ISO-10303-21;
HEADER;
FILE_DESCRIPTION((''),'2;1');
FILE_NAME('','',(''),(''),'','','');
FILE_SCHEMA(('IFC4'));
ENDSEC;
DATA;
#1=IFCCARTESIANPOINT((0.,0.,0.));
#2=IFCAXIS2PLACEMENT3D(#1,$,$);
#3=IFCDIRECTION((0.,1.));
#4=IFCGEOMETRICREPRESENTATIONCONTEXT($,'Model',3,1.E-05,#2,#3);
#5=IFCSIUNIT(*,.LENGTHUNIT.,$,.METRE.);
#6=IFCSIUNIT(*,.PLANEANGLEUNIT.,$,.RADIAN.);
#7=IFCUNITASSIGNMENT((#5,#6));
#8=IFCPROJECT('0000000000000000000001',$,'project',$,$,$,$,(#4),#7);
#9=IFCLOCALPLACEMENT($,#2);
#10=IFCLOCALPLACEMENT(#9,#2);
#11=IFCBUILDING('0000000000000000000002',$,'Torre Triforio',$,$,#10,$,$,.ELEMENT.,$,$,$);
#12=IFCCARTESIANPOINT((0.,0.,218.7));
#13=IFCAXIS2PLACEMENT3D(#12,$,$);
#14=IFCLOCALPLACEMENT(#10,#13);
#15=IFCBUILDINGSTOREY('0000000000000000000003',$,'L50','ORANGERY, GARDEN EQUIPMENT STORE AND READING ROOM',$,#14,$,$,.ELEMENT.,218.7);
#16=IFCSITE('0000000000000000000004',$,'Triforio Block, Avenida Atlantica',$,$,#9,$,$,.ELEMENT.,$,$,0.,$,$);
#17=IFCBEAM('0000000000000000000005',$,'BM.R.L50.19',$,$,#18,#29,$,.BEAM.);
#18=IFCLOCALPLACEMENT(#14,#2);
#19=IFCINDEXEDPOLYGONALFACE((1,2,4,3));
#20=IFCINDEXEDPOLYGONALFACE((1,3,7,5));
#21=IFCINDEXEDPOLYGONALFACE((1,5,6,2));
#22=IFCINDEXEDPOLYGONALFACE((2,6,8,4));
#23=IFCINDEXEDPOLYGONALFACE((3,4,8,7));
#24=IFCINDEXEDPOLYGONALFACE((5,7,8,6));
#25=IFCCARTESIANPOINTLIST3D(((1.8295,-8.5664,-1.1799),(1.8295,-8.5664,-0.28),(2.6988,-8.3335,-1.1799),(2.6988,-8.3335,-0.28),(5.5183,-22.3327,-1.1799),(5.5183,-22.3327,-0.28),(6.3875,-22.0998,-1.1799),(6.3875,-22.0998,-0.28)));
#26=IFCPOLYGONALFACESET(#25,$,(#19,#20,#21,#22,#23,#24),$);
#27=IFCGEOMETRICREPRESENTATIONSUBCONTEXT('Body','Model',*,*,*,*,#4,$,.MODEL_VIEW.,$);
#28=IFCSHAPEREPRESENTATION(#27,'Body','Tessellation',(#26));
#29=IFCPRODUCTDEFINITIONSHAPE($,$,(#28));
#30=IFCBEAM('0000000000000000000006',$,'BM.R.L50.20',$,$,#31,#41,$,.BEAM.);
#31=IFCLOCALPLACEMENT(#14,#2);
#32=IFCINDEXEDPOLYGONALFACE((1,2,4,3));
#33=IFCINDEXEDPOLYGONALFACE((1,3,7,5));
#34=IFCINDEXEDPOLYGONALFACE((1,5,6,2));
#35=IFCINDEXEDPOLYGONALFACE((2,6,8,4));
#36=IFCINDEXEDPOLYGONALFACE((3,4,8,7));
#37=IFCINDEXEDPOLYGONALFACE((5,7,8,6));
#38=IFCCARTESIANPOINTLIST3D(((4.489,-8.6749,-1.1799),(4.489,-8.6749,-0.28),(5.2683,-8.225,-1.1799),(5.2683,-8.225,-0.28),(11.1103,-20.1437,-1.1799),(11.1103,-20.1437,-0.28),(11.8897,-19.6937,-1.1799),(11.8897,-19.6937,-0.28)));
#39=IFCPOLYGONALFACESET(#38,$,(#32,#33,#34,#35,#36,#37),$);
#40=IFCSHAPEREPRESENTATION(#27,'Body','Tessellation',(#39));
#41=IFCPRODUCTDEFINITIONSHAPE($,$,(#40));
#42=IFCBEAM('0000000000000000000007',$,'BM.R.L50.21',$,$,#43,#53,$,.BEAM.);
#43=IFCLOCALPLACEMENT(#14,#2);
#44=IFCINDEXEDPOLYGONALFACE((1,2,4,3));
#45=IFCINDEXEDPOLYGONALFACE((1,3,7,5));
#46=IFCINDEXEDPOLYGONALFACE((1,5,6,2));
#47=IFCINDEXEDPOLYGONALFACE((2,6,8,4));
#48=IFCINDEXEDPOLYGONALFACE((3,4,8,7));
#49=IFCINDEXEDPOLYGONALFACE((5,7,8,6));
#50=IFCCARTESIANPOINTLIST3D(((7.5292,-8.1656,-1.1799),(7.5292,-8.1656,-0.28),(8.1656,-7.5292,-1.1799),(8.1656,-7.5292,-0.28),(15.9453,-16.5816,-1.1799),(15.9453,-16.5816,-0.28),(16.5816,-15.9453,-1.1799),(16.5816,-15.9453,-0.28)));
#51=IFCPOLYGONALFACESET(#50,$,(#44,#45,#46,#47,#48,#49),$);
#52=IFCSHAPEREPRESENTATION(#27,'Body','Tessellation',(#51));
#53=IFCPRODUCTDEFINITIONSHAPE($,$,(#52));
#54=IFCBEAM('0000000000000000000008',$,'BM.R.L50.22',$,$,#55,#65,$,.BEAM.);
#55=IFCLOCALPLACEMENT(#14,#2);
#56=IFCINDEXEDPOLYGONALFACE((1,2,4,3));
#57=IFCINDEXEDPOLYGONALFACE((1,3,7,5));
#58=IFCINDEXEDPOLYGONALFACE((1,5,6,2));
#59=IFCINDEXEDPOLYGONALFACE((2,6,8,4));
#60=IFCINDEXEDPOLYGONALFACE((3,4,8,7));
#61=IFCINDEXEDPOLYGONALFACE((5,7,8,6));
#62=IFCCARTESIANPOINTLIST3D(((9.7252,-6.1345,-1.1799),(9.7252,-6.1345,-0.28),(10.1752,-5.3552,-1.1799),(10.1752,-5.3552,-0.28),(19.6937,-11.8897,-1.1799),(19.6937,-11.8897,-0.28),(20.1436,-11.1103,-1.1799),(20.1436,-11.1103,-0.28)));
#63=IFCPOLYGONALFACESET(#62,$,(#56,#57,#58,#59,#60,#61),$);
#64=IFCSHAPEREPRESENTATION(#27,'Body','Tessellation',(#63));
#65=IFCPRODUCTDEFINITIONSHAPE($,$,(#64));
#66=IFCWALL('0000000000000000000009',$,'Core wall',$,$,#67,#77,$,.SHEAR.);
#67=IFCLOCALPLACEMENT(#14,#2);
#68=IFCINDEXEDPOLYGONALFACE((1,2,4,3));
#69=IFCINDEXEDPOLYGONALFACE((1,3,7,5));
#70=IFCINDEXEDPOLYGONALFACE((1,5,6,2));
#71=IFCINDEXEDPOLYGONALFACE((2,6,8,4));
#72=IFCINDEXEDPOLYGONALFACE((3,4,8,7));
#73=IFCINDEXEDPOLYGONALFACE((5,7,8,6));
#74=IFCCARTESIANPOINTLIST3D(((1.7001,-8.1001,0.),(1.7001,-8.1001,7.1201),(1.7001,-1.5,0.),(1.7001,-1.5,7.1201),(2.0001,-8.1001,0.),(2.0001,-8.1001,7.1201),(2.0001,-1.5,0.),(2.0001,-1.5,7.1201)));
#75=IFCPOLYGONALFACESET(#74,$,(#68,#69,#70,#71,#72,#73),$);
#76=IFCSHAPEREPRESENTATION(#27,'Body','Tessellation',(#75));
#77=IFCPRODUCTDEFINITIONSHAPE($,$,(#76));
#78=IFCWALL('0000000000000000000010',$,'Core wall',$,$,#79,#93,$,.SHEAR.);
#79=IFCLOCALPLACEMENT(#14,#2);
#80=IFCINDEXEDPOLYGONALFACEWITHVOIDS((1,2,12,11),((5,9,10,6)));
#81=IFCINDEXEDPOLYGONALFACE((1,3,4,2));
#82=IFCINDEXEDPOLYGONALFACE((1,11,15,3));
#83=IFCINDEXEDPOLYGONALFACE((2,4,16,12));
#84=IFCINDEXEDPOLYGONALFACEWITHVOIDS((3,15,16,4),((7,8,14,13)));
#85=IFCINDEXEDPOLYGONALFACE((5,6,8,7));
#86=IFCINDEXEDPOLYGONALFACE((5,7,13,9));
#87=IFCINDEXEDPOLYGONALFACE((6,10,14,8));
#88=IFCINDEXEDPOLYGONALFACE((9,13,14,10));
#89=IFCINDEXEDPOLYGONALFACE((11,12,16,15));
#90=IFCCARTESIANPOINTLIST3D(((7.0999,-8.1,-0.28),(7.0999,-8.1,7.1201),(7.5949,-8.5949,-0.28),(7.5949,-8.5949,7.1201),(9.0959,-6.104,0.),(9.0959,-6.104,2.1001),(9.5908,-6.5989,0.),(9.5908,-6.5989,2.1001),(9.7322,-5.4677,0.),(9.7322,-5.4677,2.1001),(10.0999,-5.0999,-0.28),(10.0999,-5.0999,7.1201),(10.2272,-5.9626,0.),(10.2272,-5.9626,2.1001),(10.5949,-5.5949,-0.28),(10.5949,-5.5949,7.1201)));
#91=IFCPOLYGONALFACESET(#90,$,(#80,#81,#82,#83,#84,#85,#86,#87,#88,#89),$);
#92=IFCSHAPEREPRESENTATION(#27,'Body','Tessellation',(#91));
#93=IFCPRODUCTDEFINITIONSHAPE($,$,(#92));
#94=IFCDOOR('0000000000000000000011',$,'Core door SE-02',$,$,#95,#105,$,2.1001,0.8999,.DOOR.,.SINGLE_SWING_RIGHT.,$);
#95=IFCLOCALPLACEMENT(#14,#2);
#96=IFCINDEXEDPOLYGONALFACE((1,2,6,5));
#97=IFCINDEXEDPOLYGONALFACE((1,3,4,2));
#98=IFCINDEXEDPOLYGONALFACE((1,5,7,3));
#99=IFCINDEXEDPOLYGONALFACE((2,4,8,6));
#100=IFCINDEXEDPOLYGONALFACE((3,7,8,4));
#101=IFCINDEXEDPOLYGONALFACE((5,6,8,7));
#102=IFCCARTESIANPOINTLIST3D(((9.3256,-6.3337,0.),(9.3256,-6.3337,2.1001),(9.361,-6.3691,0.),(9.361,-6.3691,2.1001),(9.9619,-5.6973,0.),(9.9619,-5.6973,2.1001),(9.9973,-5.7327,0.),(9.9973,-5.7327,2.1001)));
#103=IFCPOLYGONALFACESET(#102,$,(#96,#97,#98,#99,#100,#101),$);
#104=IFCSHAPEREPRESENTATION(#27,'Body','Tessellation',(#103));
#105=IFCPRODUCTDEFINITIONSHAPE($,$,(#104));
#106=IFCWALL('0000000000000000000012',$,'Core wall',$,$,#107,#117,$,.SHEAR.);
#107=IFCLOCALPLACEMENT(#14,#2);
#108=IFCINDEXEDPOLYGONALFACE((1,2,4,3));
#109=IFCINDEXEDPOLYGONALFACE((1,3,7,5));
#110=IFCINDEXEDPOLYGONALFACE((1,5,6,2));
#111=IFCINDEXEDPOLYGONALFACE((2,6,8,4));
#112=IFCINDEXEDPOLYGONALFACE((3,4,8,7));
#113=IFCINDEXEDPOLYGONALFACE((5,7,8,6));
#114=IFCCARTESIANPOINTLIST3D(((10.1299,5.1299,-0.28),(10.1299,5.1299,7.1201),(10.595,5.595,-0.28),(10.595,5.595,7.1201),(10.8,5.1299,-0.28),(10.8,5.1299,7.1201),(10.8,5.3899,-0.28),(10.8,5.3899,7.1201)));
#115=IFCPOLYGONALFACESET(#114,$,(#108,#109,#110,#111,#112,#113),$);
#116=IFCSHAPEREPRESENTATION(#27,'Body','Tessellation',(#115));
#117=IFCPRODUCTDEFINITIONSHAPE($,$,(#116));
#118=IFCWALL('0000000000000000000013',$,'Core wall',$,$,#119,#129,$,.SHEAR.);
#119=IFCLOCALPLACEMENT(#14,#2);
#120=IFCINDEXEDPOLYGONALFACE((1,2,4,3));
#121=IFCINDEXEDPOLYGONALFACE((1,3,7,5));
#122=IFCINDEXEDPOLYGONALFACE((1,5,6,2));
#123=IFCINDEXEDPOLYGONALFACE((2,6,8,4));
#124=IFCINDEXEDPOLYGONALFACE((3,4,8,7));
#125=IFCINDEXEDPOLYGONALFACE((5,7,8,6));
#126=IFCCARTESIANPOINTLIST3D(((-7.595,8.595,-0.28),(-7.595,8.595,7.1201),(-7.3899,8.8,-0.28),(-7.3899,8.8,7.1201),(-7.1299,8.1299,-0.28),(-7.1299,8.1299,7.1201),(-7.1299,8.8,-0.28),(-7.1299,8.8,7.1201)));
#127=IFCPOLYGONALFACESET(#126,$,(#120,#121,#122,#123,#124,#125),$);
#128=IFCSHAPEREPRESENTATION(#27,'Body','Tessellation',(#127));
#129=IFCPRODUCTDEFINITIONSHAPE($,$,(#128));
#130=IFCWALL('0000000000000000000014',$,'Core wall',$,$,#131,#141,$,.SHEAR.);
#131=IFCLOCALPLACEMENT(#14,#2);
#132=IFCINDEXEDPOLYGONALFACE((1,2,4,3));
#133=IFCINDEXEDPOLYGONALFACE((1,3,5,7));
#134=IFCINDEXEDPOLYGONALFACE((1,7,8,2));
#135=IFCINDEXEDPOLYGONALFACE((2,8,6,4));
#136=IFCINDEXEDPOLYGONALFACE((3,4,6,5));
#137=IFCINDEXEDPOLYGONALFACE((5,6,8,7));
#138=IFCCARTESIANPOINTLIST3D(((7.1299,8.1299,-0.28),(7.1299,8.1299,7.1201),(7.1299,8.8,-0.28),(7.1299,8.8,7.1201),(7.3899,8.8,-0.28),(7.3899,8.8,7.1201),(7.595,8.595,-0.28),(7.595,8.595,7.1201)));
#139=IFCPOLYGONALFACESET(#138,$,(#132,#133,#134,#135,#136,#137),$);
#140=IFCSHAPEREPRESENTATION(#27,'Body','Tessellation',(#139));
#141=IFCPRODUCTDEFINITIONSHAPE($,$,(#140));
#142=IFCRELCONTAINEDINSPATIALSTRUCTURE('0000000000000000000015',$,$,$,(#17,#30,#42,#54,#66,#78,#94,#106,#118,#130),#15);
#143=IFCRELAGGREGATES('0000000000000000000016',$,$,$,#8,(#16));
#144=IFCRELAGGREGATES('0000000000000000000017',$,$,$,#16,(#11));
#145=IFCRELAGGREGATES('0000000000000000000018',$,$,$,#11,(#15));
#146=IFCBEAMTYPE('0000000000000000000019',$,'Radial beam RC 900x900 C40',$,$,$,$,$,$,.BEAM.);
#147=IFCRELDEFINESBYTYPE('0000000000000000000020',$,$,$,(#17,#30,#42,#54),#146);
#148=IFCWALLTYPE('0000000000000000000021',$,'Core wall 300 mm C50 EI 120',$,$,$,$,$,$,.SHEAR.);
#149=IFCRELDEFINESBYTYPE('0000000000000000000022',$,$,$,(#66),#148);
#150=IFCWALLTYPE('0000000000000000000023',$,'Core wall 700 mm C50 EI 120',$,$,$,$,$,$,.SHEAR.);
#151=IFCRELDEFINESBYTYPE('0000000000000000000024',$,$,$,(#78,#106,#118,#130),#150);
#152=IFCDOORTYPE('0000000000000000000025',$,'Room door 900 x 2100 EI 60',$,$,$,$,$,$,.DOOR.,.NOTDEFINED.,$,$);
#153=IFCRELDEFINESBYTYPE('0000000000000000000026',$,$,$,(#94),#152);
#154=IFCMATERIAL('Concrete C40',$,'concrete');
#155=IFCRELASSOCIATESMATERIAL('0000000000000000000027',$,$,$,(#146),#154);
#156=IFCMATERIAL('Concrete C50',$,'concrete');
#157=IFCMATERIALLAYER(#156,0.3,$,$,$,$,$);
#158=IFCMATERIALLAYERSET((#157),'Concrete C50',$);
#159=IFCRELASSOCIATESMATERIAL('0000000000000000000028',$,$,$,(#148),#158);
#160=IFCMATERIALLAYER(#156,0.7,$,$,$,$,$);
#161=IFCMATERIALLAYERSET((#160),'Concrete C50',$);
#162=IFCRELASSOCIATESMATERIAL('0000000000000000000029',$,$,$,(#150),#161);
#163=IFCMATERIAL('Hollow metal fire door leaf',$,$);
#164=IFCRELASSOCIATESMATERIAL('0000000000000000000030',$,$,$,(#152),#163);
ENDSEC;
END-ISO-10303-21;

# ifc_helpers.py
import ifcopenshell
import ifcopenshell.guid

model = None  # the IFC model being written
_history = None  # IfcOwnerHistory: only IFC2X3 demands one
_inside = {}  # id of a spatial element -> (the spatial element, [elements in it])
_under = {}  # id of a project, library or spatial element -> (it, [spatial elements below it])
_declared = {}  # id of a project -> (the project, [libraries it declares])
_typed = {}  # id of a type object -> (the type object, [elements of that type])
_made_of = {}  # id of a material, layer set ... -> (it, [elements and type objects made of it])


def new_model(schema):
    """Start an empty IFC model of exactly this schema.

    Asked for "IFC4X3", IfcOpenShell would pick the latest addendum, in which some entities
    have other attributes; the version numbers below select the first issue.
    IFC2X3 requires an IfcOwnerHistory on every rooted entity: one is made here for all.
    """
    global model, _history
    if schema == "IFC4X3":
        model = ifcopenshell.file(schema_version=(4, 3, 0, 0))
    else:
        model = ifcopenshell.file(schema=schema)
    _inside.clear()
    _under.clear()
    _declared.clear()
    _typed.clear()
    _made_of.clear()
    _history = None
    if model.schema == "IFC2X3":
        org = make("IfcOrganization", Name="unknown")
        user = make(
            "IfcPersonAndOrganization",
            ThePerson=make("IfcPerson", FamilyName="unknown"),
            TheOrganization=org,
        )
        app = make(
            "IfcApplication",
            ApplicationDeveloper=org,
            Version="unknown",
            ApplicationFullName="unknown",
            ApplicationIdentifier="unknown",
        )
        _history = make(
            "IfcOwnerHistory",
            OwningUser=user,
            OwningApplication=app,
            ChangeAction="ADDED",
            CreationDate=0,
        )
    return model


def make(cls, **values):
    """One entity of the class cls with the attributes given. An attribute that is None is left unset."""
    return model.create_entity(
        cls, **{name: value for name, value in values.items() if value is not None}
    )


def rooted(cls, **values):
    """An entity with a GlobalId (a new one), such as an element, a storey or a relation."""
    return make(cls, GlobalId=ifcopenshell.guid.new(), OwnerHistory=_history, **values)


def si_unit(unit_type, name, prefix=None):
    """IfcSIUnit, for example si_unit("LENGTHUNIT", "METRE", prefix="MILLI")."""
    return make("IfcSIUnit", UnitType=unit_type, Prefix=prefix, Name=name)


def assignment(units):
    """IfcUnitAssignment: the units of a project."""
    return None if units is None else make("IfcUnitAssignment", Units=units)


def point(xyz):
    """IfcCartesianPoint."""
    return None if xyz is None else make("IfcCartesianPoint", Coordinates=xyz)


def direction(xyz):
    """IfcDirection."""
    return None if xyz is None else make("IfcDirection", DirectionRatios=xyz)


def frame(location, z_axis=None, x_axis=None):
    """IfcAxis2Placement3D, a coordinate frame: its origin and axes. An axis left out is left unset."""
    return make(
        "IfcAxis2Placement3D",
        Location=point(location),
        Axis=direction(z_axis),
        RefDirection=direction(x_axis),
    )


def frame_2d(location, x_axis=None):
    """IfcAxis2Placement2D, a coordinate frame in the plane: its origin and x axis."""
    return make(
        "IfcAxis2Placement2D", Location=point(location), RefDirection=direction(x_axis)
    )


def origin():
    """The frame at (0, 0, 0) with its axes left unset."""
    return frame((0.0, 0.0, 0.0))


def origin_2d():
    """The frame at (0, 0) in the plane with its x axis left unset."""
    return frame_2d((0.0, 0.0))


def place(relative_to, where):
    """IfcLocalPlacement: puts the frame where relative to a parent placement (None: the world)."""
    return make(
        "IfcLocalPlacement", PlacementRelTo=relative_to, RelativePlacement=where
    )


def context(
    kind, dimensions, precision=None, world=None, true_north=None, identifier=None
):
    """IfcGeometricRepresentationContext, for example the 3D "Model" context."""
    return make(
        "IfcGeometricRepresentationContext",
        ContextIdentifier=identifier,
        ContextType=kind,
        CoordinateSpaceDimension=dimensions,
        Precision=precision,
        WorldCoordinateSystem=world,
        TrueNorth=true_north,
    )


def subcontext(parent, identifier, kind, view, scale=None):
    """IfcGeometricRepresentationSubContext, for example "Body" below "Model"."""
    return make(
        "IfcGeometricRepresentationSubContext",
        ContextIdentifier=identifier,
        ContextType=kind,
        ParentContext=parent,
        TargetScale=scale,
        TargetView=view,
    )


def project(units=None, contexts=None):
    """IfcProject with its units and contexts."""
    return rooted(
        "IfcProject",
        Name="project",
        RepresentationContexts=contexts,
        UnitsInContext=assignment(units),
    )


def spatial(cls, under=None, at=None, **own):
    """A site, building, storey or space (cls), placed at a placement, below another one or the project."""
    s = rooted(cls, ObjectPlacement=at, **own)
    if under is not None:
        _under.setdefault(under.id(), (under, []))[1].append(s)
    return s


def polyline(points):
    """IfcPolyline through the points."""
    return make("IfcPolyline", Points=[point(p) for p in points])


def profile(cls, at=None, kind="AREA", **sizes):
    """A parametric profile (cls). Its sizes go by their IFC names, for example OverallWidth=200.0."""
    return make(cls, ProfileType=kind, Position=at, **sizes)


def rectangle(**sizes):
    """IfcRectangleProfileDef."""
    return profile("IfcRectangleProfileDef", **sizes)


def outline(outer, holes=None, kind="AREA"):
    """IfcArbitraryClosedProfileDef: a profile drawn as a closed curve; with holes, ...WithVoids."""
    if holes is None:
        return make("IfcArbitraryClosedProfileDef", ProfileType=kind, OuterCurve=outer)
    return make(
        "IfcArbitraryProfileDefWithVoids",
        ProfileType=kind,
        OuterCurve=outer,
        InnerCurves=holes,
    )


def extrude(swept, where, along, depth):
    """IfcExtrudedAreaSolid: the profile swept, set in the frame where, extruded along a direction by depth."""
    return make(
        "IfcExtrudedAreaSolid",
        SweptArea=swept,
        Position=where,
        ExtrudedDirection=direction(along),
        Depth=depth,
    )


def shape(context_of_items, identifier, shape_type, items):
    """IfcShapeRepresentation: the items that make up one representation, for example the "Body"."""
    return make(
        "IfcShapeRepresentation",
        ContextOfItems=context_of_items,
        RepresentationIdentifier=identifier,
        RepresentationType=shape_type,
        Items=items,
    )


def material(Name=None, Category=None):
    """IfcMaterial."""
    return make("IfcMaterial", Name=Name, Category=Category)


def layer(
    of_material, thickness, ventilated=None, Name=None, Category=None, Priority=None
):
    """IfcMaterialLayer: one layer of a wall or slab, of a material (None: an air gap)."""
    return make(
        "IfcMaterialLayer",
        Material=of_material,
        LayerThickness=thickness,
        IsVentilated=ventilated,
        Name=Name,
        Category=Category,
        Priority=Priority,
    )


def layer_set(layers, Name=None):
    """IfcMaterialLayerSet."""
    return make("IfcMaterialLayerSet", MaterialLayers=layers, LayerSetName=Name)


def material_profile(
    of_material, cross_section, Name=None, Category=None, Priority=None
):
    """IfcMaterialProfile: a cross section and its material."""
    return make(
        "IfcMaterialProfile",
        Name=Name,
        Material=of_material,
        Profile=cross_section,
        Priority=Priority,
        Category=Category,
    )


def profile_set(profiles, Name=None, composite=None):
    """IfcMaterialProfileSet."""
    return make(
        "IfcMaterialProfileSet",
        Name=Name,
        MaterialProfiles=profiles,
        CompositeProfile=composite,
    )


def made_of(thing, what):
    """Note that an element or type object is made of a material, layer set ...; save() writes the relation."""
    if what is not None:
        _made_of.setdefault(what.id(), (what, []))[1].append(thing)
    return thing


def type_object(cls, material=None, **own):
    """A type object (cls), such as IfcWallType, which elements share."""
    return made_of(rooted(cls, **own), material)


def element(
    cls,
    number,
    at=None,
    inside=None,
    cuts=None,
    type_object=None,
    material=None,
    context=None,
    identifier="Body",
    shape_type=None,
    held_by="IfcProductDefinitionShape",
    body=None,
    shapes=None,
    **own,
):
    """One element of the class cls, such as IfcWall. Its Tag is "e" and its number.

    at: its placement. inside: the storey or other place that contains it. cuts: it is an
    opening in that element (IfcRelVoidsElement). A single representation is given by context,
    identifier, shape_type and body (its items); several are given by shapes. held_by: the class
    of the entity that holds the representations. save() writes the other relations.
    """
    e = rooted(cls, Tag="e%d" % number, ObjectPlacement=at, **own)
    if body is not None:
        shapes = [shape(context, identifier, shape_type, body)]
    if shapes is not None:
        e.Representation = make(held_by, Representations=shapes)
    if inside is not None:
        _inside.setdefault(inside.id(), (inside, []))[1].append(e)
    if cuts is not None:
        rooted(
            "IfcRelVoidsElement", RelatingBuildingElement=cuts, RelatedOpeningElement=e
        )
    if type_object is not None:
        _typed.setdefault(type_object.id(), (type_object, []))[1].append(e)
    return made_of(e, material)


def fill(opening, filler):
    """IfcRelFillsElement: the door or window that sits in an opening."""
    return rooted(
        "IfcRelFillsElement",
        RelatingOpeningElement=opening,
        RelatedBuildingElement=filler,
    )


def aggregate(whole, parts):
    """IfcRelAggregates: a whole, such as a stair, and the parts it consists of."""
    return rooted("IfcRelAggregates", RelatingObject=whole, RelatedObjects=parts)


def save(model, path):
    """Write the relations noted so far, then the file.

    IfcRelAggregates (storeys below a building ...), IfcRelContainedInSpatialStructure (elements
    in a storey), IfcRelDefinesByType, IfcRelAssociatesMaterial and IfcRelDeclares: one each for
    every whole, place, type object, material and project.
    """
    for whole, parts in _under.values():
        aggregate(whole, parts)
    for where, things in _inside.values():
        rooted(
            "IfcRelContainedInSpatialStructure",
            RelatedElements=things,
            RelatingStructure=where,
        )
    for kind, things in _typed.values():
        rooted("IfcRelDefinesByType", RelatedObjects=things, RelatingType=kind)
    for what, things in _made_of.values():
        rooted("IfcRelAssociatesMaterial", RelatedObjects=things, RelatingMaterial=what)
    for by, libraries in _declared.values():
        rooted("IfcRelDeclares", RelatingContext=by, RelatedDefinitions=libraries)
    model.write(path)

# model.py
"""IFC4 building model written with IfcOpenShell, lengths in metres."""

from ifc_helpers import new_model, si_unit, direction, frame, frame_2d, origin, origin_2d, place, context, subcontext, project, spatial, polyline, rectangle, outline, extrude, material, layer, layer_set, material_profile, profile_set, type_object, element, fill, save


model = new_model("IFC4")

# Units and contexts
model_context = context("Model", 3, precision=1e-05, world=origin(), true_north=direction((0.0, 1.0)))
body_context = subcontext(model_context, "Body", "Model", "MODEL_VIEW")
ifc_project = project(units=[si_unit("LENGTHUNIT", "METRE"), si_unit("PLANEANGLEUNIT", "RADIAN")], contexts=[model_context])

# Site, building, storey
site_placement = place(None, origin())
site = spatial("IfcSite", under=ifc_project, at=site_placement, Name="Triforio Block, Avenida Atlantica", CompositionType="ELEMENT", RefElevation=0.0)
building_placement = place(site_placement, origin())
building = spatial("IfcBuilding", under=site, at=building_placement, Name="Torre Triforio", CompositionType="ELEMENT")
storey_placement = place(building_placement, frame((0.0, 0.0, 218.7)))
storey = spatial("IfcBuildingStorey", under=building, at=storey_placement, Name="L50", Description="ORANGERY, GARDEN EQUIPMENT STORE AND READING ROOM", CompositionType="ELEMENT", Elevation=218.7)

# Beams
ifc_material_1 = material(Name="Concrete C40", Category="concrete")
ifc_material_profile = material_profile(ifc_material_1, rectangle(XDim=0.8999, YDim=0.8999, at=origin_2d()), Name="RC 900x900")
ifc_profile_set = profile_set([ifc_material_profile], Name="Concrete C40")
beam_type = type_object("IfcBeamType", Name="Radial beam RC 900x900 C40", PredefinedType="BEAM", material=ifc_profile_set)
beam_1_placement = place(storey_placement, frame((2.2642, -8.45, -0.73), z_axis=(0.258821, -0.965925, 0.0), x_axis=(0.965925, 0.258821, 0.0)))
element("IfcBeam", 1, at=beam_1_placement, inside=storey, type_object=beam_type, Name="BM.R.L50.19", PredefinedType="BEAM", context=body_context, shape_type="SweptSolid", body=[
    extrude(rectangle(XDim=0.8999, YDim=0.8999, at=origin_2d()), origin(), (0.0, 0.0, 1.0), 14.252),
])
beam_2_placement = place(storey_placement, frame((4.8787, -8.45, -0.73), z_axis=(0.499992, -0.86603, 0.0), x_axis=(0.86603, 0.499992, 0.0)))
element("IfcBeam", 2, at=beam_2_placement, inside=storey, type_object=beam_type, Name="BM.R.L50.20", PredefinedType="BEAM", context=body_context, shape_type="SweptSolid", body=[
    extrude(rectangle(XDim=0.8999, YDim=0.8999, at=origin_2d()), origin(), (0.0, 0.0, 1.0), 13.2429),
])
beam_3_placement = place(storey_placement, frame((7.8474, -7.8474, -0.73), z_axis=(0.707107, -0.707107, 0.0), x_axis=(0.707107, 0.707107, 0.0)))
element("IfcBeam", 3, at=beam_3_placement, inside=storey, type_object=beam_type, Name="BM.R.L50.21", PredefinedType="BEAM", context=body_context, shape_type="SweptSolid", body=[
    extrude(rectangle(XDim=0.8999, YDim=0.8999, at=origin_2d()), origin(), (0.0, 0.0, 1.0), 11.9021),
])
beam_4_placement = place(storey_placement, frame((9.9502, -5.7449, -0.73), z_axis=(0.866033, -0.499987, 0.0), x_axis=(0.499987, 0.866033, 0.0)))
element("IfcBeam", 4, at=beam_4_placement, inside=storey, type_object=beam_type, Name="BM.R.L50.22", PredefinedType="BEAM", context=body_context, shape_type="SweptSolid", body=[
    extrude(rectangle(XDim=0.8999, YDim=0.8999, at=origin_2d()), origin(), (0.0, 0.0, 1.0), 11.5105),
])

# Wall
ifc_material_2 = material(Name="Concrete C50", Category="concrete")
ifc_layer_1 = layer(ifc_material_2, 0.3)
ifc_layer_set_1 = layer_set([ifc_layer_1], Name="Concrete C50")
wall_type_1 = type_object("IfcWallType", Name="Core wall 300 mm C50 EI 120", PredefinedType="SHEAR", material=ifc_layer_set_1)
wall_1_placement = place(storey_placement, frame((1.8501, -8.1001, 0.0), z_axis=(0.0, 0.0, 1.0), x_axis=(0.0, 1.0, 0.0)))
element("IfcWall", 5, at=wall_1_placement, inside=storey, type_object=wall_type_1, Name="Core wall", PredefinedType="SHEAR", context=body_context, shape_type="SweptSolid", body=[
    extrude(rectangle(XDim=6.6001, YDim=0.3, at=frame_2d((3.3, 0.0))), origin(), (0.0, 0.0, 1.0), 7.1201),
])

# Wall, opening, door
ifc_layer_2 = layer(ifc_material_2, 0.7)
ifc_layer_set_2 = layer_set([ifc_layer_2], Name="Concrete C50")
wall_type_2 = type_object("IfcWallType", Name="Core wall 700 mm C50 EI 120", PredefinedType="SHEAR", material=ifc_layer_set_2)
wall_2_placement = place(storey_placement, frame((10.3474, -5.3474, -0.28), z_axis=(0.0, 0.0, 1.0), x_axis=(-0.707107, -0.707107, 0.0)))
wall_2 = element("IfcWall", 6, at=wall_2_placement, inside=storey, type_object=wall_type_2, Name="Core wall", PredefinedType="SHEAR", context=body_context, shape_type="SweptSolid", body=[
    extrude(rectangle(XDim=4.2427, YDim=0.7, at=frame_2d((2.1213, 0.0))), origin(), (0.0, 0.0, 1.0), 7.4001),
])
opening_1_placement = place(wall_2_placement, frame((0.52, 0.0, 0.28)))
opening_1 = element("IfcOpeningElement", 7, at=opening_1_placement, cuts=wall_2, PredefinedType="OPENING", context=body_context, shape_type="SweptSolid", body=[
    extrude(rectangle(XDim=0.8999, YDim=2.1001, at=frame_2d((0.45, 1.05))), frame((0.0, 0.3599, 0.0), z_axis=(0.0, -1.0, 0.0), x_axis=(1.0, 0.0, 0.0)), (0.0, 0.0, 1.0), 0.72),
])
ifc_material_3 = material(Name="Hollow metal fire door leaf")
door_type_1 = type_object("IfcDoorType", Name="Room door 900 x 2100 EI 60", OperationType="NOTDEFINED", PredefinedType="DOOR", material=ifc_material_3)
door_1_placement = place(opening_1_placement, origin())
door_1 = element("IfcDoor", 8, at=door_1_placement, inside=storey, type_object=door_type_1, Name="Core door SE-02", OperationType="SINGLE_SWING_RIGHT", OverallHeight=2.1001, OverallWidth=0.8999, PredefinedType="DOOR", context=body_context, shape_type="SweptSolid", body=[
    extrude(rectangle(XDim=0.8999, YDim=2.1001, at=frame_2d((0.45, 1.05))), frame((0.0, 0.0249, 0.0), z_axis=(0.0, -1.0, 0.0), x_axis=(1.0, 0.0, 0.0)), (0.0, 0.0, 1.0), 0.05),
])
fill(opening_1, door_1)

# Walls
wall_3_placement = place(storey_placement, frame((0.0, 0.0, -0.28)))
element("IfcWall", 9, at=wall_3_placement, inside=storey, type_object=wall_type_2, Name="Core wall", PredefinedType="SHEAR", context=body_context, shape_type="SweptSolid", body=[
    extrude(outline(polyline([(10.8, 5.3899), (10.8, 5.1299), (10.8, 5.1299), (10.1299, 5.1299), (10.595, 5.595), (10.595, 5.595), (10.595, 5.595), (10.8, 5.3899)])), origin(), (0.0, 0.0, 1.0), 7.4001),
])
wall_4_placement = place(storey_placement, frame((0.0, 0.0, -0.28)))
element("IfcWall", 10, at=wall_4_placement, inside=storey, type_object=wall_type_2, Name="Core wall", PredefinedType="SHEAR", context=body_context, shape_type="SweptSolid", body=[
    extrude(outline(polyline([(-7.3899, 8.8), (-7.1299, 8.8), (-7.1299, 8.8), (-7.1299, 8.1299), (-7.595, 8.595), (-7.595, 8.595), (-7.595, 8.595), (-7.3899, 8.8)])), origin(), (0.0, 0.0, 1.0), 7.4001),
])
wall_5_placement = place(storey_placement, frame((0.0, 0.0, -0.28)))
element("IfcWall", 11, at=wall_5_placement, inside=storey, type_object=wall_type_2, Name="Core wall", PredefinedType="SHEAR", context=body_context, shape_type="SweptSolid", body=[
    extrude(outline(polyline([(7.3899, 8.8), (7.595, 8.595), (7.595, 8.595), (7.595, 8.595), (7.1299, 8.1299), (7.1299, 8.8), (7.1299, 8.8), (7.3899, 8.8)])), origin(), (0.0, 0.0, 1.0), 7.4001),
])

save(model, "model.ifc")
